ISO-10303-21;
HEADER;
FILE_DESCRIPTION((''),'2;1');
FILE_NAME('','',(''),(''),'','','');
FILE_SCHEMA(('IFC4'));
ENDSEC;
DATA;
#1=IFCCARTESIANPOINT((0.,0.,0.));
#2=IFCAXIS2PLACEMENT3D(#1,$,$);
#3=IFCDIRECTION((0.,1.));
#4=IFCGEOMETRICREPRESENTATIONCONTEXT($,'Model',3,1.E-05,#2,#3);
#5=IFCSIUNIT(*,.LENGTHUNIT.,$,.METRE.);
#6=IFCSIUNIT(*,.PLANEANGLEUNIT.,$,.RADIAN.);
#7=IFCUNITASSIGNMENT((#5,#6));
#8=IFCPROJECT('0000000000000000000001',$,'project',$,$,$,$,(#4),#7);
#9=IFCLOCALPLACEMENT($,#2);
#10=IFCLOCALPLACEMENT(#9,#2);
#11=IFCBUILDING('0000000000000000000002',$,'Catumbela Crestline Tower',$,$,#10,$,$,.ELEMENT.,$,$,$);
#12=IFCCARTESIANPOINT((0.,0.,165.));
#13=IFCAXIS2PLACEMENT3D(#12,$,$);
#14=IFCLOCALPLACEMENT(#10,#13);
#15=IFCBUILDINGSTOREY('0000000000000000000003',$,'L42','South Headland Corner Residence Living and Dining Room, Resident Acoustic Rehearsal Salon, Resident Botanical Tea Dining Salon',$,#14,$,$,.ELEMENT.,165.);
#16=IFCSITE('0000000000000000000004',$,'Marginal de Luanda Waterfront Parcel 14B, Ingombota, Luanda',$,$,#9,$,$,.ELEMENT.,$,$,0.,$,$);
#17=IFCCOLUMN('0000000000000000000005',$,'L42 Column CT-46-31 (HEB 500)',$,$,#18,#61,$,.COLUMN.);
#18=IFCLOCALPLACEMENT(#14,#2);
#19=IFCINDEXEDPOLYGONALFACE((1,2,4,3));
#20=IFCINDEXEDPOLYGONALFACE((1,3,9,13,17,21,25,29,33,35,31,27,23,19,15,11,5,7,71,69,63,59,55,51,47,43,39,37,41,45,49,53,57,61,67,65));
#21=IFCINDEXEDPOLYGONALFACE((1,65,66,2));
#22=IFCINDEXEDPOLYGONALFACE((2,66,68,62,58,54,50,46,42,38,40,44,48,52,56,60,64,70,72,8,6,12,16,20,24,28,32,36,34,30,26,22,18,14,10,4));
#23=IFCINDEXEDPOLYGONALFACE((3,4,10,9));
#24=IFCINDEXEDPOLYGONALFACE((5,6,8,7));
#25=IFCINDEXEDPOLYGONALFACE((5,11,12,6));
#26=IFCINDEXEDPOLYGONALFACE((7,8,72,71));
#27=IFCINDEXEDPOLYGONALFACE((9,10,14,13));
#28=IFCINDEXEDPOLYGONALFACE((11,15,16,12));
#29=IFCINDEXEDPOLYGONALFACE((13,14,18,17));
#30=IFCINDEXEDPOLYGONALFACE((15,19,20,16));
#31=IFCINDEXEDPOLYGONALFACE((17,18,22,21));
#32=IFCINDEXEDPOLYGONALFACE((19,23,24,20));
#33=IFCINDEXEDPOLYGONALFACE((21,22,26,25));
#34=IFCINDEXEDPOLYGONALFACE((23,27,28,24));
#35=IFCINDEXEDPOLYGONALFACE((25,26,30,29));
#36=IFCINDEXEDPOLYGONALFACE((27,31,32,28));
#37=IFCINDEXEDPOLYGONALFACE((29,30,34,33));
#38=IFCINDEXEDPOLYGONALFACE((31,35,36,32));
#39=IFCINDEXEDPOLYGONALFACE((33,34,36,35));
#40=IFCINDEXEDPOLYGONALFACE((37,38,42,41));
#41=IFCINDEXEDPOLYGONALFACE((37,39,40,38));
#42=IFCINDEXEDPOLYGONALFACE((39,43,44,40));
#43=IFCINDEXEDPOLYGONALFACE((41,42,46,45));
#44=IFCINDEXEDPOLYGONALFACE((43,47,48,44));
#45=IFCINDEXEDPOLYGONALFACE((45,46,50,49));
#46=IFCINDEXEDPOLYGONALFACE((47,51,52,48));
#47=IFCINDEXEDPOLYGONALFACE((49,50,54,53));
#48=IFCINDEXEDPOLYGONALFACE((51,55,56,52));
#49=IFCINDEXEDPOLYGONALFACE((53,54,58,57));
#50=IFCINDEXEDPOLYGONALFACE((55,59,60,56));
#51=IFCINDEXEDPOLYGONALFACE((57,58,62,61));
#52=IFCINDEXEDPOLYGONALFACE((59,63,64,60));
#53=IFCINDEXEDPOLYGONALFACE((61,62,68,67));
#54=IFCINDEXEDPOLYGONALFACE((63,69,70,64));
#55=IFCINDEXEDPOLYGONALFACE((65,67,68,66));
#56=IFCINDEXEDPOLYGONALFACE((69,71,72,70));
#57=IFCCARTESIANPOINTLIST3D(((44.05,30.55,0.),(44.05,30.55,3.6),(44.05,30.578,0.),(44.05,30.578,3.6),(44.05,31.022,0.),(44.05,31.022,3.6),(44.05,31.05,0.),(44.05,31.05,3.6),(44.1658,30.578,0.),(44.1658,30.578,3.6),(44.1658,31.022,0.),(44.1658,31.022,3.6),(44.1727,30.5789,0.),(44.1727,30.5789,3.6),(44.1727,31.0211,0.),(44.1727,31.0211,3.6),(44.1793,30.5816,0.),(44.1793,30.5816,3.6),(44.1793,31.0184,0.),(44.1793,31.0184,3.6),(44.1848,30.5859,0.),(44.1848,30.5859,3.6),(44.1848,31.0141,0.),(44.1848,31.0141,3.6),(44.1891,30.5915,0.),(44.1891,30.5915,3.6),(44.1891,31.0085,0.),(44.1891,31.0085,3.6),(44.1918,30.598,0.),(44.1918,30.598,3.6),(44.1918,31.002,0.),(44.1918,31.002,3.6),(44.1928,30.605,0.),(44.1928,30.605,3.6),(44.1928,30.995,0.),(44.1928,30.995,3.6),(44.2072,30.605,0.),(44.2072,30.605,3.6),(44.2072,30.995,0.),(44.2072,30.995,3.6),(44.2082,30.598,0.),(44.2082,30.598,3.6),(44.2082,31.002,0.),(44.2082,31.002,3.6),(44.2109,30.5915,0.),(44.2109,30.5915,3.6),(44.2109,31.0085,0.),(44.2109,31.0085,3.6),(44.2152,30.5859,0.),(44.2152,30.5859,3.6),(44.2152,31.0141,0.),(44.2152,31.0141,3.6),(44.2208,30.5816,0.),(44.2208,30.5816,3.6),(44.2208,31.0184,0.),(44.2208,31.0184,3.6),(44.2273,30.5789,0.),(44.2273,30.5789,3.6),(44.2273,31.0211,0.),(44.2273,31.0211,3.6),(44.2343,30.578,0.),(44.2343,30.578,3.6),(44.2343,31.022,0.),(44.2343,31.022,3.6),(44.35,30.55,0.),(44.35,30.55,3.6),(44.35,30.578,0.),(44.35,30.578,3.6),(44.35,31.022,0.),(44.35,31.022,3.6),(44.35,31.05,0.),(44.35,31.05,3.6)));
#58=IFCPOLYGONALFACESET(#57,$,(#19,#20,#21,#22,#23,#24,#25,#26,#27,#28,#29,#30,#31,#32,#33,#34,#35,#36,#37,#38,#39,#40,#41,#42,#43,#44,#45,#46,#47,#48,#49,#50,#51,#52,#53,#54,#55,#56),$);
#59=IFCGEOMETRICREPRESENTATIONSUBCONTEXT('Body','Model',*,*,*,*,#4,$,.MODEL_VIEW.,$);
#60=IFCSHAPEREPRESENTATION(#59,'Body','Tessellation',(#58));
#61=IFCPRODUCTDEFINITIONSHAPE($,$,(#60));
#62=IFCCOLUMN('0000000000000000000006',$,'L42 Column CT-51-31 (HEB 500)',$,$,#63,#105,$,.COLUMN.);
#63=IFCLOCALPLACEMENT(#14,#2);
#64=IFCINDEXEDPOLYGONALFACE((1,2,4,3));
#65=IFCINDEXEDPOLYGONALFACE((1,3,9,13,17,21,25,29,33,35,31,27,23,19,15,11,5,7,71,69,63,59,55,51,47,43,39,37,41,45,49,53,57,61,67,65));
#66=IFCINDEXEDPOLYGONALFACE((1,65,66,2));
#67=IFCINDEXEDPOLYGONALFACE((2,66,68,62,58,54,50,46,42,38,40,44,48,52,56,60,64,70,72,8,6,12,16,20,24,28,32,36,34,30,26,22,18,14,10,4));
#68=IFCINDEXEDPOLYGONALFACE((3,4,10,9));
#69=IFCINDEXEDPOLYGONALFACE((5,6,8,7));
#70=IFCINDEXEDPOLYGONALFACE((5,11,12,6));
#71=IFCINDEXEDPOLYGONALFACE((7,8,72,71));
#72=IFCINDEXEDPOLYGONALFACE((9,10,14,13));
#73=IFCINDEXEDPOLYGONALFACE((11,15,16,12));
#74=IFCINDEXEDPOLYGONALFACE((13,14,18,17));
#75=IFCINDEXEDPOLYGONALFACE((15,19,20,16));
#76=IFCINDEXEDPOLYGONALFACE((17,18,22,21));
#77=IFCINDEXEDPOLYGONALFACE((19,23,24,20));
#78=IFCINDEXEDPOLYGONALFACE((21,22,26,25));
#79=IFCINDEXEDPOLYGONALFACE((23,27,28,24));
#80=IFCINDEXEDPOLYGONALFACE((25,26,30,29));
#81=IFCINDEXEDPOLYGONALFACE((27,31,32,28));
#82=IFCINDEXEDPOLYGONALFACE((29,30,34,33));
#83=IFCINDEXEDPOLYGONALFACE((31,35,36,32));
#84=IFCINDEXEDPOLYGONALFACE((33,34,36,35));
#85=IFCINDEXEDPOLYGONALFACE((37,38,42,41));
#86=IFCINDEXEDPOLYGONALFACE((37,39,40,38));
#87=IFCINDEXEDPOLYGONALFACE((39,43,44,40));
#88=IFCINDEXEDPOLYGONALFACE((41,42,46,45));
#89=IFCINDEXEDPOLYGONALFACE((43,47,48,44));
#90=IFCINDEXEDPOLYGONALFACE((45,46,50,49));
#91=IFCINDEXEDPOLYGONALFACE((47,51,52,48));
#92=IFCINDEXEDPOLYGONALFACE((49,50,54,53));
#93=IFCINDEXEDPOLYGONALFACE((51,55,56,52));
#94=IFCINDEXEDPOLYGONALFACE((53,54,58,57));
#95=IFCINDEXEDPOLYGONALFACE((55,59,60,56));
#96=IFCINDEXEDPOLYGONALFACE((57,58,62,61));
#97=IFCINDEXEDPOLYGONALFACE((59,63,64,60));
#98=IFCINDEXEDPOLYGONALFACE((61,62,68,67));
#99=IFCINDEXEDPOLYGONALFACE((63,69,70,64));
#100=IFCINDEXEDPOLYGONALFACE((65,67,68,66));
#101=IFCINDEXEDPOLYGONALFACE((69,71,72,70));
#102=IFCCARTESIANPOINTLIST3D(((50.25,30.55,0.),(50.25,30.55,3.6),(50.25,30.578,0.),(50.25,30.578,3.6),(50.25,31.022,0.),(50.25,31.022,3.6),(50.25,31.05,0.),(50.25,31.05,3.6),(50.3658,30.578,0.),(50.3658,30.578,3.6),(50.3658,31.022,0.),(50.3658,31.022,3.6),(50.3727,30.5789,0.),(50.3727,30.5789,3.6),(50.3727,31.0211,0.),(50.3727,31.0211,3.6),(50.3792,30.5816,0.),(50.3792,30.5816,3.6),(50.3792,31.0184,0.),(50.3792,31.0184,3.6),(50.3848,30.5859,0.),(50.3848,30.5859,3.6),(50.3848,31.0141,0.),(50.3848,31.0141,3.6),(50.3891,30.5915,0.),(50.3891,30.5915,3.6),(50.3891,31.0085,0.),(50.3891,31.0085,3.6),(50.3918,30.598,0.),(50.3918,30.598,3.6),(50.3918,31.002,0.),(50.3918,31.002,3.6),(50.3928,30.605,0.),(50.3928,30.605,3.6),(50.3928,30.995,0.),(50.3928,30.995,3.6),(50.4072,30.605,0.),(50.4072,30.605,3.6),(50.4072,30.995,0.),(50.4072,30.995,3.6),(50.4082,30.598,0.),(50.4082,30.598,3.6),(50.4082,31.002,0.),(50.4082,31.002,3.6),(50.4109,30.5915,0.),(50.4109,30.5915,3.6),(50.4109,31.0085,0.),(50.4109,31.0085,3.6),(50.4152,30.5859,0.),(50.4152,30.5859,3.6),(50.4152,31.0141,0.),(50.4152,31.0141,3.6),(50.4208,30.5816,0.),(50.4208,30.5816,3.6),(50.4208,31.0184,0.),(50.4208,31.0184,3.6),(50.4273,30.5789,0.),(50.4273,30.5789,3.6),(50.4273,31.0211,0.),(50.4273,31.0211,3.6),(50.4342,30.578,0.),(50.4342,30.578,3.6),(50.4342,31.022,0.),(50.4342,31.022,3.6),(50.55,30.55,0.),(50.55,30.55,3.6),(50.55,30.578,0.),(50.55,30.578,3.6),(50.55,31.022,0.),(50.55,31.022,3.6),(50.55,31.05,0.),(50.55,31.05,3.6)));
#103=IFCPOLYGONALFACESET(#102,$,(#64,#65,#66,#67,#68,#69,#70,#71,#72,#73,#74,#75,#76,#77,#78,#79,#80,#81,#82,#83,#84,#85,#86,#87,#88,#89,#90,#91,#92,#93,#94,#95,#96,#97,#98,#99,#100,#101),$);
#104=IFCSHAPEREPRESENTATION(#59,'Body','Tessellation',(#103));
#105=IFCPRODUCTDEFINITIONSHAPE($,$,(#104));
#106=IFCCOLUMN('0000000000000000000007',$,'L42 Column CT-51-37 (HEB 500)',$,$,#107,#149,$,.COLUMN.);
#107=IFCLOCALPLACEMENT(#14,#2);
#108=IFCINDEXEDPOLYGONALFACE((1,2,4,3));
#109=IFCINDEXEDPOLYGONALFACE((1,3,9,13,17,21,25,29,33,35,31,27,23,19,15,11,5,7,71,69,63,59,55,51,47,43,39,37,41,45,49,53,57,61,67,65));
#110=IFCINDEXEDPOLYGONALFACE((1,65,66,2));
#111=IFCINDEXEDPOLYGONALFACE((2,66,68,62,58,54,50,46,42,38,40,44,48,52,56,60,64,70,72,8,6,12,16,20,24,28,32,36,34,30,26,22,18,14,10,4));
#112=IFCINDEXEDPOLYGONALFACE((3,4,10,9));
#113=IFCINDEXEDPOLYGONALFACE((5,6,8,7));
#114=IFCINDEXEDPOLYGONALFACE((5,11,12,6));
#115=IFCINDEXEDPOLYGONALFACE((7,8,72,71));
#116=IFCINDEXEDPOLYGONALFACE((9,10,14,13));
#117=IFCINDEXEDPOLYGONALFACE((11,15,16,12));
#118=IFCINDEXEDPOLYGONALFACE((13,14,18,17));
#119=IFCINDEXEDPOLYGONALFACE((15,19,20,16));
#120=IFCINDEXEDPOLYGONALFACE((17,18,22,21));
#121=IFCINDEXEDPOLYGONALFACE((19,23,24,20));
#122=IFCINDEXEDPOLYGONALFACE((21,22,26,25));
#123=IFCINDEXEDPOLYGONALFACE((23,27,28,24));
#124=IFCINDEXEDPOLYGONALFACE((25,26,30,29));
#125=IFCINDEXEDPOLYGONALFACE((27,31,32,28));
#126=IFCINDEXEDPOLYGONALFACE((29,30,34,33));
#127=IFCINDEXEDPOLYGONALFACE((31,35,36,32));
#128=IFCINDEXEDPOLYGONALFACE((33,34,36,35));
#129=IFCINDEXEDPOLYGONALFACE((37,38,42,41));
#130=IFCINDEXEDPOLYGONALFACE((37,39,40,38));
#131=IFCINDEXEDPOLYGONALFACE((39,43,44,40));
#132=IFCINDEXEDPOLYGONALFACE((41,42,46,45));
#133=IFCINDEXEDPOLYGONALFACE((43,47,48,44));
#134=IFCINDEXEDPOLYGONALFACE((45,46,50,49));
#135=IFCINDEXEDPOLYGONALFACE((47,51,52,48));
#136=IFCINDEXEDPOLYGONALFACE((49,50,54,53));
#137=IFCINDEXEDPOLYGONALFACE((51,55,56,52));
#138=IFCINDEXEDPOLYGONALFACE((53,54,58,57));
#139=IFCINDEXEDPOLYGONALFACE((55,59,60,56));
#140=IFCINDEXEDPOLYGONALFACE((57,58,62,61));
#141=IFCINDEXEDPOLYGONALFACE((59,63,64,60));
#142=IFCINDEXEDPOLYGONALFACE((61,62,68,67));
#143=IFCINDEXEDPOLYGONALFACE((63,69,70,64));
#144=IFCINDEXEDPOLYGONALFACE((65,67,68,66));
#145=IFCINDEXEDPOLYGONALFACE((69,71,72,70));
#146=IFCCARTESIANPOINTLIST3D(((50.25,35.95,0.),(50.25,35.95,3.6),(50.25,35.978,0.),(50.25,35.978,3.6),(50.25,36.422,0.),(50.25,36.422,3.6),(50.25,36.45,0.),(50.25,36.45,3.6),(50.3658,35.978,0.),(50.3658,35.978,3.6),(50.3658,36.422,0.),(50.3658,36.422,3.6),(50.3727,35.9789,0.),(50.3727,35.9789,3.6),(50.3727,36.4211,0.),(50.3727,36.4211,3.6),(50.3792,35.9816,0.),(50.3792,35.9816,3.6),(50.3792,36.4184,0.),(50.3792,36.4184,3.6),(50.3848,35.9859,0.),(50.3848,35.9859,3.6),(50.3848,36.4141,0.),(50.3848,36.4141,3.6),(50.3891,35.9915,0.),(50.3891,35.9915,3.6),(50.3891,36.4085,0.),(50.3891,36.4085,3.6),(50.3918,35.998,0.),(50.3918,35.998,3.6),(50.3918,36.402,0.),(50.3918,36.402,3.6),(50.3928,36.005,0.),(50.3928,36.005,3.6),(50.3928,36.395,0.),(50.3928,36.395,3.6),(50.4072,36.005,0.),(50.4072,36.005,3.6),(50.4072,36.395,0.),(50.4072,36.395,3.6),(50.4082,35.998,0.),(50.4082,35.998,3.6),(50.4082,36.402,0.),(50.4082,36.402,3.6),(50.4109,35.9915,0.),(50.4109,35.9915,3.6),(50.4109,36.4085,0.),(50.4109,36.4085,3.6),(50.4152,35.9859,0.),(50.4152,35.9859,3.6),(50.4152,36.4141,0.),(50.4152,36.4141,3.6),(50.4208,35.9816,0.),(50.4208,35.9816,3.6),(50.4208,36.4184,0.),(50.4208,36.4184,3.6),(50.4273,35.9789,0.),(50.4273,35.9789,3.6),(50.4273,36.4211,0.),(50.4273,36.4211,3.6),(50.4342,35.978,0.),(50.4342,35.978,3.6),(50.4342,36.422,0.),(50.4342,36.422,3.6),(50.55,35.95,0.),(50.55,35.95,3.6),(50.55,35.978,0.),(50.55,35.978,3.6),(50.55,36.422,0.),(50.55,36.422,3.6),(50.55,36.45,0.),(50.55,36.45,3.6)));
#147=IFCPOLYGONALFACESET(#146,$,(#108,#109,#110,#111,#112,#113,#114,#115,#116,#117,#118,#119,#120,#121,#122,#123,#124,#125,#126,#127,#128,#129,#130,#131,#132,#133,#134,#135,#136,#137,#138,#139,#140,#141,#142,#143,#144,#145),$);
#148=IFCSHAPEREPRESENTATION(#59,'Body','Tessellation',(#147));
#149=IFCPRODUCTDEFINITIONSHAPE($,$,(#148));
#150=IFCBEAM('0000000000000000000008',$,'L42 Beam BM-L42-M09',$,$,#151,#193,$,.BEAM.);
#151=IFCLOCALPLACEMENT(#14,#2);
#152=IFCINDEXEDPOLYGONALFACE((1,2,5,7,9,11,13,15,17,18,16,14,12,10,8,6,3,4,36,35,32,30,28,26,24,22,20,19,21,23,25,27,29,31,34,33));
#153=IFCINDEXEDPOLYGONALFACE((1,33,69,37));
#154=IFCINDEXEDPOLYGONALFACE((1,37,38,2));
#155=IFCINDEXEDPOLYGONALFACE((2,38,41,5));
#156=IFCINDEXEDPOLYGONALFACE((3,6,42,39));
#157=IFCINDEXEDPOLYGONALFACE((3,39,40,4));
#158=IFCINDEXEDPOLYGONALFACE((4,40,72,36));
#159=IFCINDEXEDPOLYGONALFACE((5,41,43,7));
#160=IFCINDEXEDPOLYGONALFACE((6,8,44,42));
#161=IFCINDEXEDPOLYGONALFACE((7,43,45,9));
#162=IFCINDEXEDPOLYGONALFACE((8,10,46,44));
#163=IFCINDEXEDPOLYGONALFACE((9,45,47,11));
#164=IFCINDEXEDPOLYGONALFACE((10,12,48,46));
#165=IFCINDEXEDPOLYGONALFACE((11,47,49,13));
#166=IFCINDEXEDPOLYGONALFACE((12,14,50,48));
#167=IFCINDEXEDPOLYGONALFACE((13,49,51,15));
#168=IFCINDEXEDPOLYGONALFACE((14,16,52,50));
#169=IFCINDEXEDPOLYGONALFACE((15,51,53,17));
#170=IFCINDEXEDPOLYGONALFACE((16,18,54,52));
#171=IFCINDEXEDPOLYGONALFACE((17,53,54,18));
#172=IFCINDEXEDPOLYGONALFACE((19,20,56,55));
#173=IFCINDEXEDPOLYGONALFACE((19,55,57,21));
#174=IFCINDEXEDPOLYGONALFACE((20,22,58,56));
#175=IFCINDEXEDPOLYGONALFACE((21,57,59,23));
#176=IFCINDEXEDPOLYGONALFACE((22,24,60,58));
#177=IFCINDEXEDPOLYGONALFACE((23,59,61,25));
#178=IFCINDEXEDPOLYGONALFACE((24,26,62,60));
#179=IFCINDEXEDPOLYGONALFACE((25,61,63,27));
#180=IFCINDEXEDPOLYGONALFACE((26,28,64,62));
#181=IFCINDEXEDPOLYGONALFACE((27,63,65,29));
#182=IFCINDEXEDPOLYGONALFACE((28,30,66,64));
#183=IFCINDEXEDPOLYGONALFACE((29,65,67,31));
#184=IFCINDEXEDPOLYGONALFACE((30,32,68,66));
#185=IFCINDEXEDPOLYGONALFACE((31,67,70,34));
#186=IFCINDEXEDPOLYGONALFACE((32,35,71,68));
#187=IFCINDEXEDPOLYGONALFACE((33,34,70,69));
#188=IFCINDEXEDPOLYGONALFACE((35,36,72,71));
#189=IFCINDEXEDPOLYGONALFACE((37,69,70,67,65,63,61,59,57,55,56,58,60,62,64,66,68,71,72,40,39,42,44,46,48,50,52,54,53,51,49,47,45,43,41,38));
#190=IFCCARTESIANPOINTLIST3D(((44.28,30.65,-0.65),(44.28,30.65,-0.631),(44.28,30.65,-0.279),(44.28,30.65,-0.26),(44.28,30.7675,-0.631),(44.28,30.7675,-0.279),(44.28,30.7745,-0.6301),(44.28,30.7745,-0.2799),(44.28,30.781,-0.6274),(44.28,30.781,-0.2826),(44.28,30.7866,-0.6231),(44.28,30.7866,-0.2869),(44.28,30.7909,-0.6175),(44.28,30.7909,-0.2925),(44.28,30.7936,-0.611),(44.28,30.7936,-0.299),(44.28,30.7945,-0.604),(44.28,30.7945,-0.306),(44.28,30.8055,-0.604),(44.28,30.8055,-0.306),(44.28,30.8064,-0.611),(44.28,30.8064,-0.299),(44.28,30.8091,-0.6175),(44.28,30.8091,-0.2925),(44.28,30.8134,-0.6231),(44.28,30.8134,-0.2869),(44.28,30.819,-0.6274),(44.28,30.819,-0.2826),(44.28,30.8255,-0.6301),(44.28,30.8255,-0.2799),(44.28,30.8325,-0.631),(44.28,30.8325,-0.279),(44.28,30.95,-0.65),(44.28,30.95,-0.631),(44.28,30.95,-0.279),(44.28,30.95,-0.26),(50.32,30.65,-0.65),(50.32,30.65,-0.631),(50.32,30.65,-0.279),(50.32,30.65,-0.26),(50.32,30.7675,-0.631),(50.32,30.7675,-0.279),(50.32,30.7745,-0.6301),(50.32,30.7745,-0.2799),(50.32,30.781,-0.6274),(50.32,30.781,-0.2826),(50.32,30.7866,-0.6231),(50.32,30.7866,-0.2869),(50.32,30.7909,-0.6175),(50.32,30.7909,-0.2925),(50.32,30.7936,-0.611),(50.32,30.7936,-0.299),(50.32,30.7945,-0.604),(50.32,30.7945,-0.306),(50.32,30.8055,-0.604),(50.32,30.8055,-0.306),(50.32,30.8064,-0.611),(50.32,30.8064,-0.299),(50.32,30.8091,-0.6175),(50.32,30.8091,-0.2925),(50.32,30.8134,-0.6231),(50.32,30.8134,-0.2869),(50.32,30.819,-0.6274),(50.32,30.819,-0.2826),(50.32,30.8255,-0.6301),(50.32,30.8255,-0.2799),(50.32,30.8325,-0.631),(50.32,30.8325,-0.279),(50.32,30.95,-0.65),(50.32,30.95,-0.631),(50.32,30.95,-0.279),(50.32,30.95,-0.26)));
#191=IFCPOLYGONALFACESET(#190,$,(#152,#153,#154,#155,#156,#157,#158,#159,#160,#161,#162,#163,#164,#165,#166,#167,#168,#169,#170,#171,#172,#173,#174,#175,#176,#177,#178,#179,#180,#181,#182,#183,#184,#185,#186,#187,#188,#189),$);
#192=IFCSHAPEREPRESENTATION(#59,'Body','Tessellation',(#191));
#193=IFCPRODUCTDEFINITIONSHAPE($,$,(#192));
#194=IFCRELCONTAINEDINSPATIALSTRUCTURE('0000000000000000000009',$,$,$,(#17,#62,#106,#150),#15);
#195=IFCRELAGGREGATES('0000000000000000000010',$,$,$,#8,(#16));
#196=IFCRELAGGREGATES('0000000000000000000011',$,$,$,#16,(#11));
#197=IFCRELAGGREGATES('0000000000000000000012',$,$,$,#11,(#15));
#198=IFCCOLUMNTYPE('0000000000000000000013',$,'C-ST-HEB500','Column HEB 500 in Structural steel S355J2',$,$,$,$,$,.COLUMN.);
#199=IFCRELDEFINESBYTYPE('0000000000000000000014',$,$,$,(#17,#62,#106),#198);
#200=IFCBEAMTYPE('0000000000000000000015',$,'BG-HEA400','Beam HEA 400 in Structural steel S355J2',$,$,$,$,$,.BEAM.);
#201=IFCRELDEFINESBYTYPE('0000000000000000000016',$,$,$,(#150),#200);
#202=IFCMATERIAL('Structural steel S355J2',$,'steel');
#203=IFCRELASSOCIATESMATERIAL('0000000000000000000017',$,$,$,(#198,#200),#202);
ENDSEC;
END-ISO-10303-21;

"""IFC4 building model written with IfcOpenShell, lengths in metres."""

from ifc_helpers import new_model, si_unit, direction, frame, origin, origin_2d, place, context, subcontext, project, spatial, i_section, extrude, material, material_profile, profile_set, type_object, element, save


model = new_model("IFC4")

# Units and contexts
model_context = context("Model", 3, precision=1e-05, world=origin(), true_north=direction((0.0, 1.0)))
body_context = subcontext(model_context, "Body", "Model", "MODEL_VIEW")
ifc_project = project(units=[si_unit("LENGTHUNIT", "METRE"), si_unit("PLANEANGLEUNIT", "RADIAN")], contexts=[model_context])

# Site, building, storey
site_placement = place(None, origin())
site = spatial("IfcSite", under=ifc_project, at=site_placement, Name="Marginal de Luanda Waterfront Parcel 14B, Ingombota, Luanda", CompositionType="ELEMENT", RefElevation=0.0)
building_placement = place(site_placement, origin())
building = spatial("IfcBuilding", under=site, at=building_placement, Name="Catumbela Crestline Tower", CompositionType="ELEMENT")
storey_placement = place(building_placement, frame((0.0, 0.0, 165.0)))
storey = spatial("IfcBuildingStorey", under=building, at=storey_placement, Name="L42", Description="South Headland Corner Residence Living and Dining Room, Resident Acoustic Rehearsal Salon, Resident Botanical Tea Dining Salon", CompositionType="ELEMENT", Elevation=165.0)

# Columns
ifc_material_1 = material(Name="Structural steel S355J2", Category="steel")
ifc_material_profile_1 = material_profile(ifc_material_1, i_section(OverallWidth=0.3, OverallDepth=0.5, WebThickness=0.0145, FlangeThickness=0.028, FilletRadius=0.027, at=origin_2d()), Name="HEB 500")
ifc_profile_set_1 = profile_set([ifc_material_profile_1], Name="Structural steel S355J2")
column_type = type_object("IfcColumnType", Name="C-ST-HEB500", Description="Column HEB 500 in Structural steel S355J2", PredefinedType="COLUMN", material=ifc_profile_set_1)
for number, where, z_axis, x_axis, name in (
    (1, (44.2, 30.8, 0.0), (0.0, 0.0, 1.0), (1.0, 0.0, 0.0), "L42 Column CT-46-31 (HEB 500)"),
    (2, (50.4, 30.8, 0.0), (0.0, 0.0, 1.0), (1.0, 0.0, 0.0), "L42 Column CT-51-31 (HEB 500)"),
    (3, (50.4, 36.2, 0.0), (0.0, 0.0, 1.0), (1.0, 0.0, 0.0), "L42 Column CT-51-37 (HEB 500)"),
):
    element("IfcColumn", number, at=place(storey_placement, frame(where, z_axis=z_axis, x_axis=x_axis)), inside=storey, type_object=column_type, Name=name, PredefinedType="COLUMN", context=body_context, shape_type="SweptSolid", body=[
        extrude(i_section(OverallWidth=0.3, OverallDepth=0.5, WebThickness=0.0145, FlangeThickness=0.028, FilletRadius=0.027, at=origin_2d()), origin(), (0.0, 0.0, 1.0), 3.6),
    ])

# Beam
ifc_material_profile_2 = material_profile(ifc_material_1, i_section(OverallWidth=0.3, OverallDepth=0.39, WebThickness=0.011, FlangeThickness=0.019, FilletRadius=0.027, at=origin_2d()), Name="HEA 400")
ifc_profile_set_2 = profile_set([ifc_material_profile_2], Name="Structural steel S355J2")
beam_type_1 = type_object("IfcBeamType", Name="BG-HEA400", Description="Beam HEA 400 in Structural steel S355J2", PredefinedType="BEAM", material=ifc_profile_set_2)
beam_1_placement = place(storey_placement, frame((44.28, 30.8, -0.455), z_axis=(1.0, 0.0, 0.0), x_axis=(0.0, 1.0, 0.0)))
element("IfcBeam", 4, at=beam_1_placement, inside=storey, type_object=beam_type_1, Name="L42 Beam BM-L42-M09", PredefinedType="BEAM", context=body_context, shape_type="SweptSolid", body=[
    extrude(i_section(OverallWidth=0.3, OverallDepth=0.39, WebThickness=0.011, FlangeThickness=0.019, FilletRadius=0.027, at=origin_2d()), origin(), (0.0, 0.0, 1.0), 6.04),
])

save(model, "model.ifc")
